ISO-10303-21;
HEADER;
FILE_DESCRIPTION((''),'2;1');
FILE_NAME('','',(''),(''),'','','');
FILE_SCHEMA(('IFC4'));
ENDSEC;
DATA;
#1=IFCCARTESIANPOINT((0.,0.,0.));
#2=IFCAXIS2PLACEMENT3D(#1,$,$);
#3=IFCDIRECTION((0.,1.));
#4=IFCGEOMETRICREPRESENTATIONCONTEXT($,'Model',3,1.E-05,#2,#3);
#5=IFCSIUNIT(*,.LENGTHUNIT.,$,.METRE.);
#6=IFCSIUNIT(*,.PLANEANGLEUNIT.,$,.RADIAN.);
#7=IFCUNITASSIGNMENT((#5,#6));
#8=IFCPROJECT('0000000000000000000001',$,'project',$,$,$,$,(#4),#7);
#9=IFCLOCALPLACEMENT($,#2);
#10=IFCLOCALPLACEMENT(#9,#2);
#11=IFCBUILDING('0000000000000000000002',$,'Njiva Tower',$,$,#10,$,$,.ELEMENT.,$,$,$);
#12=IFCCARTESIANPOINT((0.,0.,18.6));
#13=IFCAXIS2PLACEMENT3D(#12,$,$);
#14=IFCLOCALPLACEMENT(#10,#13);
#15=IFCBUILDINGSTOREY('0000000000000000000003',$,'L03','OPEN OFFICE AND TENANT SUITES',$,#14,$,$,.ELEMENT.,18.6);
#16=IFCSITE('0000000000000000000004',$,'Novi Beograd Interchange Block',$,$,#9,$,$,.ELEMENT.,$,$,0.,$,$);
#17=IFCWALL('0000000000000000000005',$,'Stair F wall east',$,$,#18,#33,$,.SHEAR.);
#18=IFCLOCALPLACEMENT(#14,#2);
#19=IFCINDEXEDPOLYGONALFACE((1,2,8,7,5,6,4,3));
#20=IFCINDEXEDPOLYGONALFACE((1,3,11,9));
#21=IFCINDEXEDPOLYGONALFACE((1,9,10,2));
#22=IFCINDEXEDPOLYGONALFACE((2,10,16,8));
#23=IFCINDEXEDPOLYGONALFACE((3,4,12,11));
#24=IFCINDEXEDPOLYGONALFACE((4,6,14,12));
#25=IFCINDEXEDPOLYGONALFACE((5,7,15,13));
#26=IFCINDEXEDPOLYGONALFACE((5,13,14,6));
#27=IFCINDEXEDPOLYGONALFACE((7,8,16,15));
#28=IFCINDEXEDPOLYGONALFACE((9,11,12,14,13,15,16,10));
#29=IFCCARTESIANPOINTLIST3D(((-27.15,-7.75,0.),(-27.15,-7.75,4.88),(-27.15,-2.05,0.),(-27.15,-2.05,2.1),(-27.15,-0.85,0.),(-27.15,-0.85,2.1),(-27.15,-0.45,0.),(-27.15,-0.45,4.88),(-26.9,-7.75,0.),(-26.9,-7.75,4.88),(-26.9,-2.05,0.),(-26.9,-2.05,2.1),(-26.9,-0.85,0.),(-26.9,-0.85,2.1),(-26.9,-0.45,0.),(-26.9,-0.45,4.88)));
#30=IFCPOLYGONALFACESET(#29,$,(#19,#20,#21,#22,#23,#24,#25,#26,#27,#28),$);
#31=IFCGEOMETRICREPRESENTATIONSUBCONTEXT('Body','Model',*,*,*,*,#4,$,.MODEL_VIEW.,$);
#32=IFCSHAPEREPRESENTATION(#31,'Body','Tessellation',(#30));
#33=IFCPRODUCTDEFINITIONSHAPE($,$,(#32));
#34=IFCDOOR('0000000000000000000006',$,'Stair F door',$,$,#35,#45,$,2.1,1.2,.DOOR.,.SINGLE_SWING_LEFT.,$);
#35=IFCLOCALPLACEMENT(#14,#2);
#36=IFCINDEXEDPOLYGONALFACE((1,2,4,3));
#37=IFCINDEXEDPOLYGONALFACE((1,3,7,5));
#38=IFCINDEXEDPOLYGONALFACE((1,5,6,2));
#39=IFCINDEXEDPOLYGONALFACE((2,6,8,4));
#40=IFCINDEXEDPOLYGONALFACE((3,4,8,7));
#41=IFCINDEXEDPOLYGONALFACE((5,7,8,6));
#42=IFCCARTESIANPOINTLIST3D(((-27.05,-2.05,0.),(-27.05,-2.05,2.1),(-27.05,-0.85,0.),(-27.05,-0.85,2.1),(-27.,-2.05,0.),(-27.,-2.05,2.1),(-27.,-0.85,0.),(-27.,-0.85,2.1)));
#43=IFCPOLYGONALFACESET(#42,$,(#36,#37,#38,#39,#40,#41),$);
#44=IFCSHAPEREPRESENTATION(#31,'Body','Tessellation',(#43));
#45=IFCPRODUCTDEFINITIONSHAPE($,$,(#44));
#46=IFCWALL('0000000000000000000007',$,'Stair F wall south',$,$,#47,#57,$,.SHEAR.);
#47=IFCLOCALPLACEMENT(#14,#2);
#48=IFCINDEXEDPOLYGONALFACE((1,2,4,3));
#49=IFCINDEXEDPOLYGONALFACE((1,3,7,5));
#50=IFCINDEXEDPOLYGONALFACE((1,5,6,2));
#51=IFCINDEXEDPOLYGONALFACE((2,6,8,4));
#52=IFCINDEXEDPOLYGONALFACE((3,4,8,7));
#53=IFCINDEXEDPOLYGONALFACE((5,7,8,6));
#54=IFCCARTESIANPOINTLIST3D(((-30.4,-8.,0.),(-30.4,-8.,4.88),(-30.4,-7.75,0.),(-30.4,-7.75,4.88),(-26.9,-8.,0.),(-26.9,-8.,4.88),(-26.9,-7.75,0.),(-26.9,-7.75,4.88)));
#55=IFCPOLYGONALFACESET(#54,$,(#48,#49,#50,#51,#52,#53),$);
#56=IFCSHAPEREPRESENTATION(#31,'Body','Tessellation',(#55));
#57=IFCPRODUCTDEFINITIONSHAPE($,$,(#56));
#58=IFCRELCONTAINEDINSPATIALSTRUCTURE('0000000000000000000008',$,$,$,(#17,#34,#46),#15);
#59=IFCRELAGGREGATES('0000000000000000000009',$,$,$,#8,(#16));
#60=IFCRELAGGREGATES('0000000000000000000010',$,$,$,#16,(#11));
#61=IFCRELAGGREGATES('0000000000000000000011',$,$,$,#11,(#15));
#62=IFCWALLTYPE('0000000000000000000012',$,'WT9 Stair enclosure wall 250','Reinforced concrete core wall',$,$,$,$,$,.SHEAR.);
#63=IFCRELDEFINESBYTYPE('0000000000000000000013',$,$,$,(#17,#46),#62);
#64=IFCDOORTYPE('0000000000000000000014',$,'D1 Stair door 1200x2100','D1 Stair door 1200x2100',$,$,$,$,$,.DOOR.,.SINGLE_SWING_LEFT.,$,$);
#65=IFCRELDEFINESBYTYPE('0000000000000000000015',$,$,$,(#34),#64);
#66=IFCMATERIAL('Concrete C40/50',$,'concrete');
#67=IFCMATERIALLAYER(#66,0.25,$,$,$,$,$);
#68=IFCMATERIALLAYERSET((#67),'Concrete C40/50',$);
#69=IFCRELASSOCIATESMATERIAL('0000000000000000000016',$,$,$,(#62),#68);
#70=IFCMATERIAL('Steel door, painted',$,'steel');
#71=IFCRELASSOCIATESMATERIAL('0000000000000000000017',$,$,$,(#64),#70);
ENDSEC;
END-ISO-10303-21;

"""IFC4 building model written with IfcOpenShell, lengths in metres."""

from ifc_helpers import new_model, si_unit, direction, frame, frame_2d, origin, place, context, subcontext, project, spatial, rectangle, extrude, material, layer, layer_set, type_object, element, fill, save


model = new_model("IFC4")

# Units and contexts
model_context = context("Model", 3, precision=1e-05, world=origin(), true_north=direction((0.0, 1.0)))
body_context = subcontext(model_context, "Body", "Model", "MODEL_VIEW")
ifc_project = project(units=[si_unit("LENGTHUNIT", "METRE"), si_unit("PLANEANGLEUNIT", "RADIAN")], contexts=[model_context])

# Site, building, storey
site_placement = place(None, origin())
site = spatial("IfcSite", under=ifc_project, at=site_placement, Name="Novi Beograd Interchange Block", CompositionType="ELEMENT", RefElevation=0.0)
building_placement = place(site_placement, origin())
building = spatial("IfcBuilding", under=site, at=building_placement, Name="Njiva Tower", CompositionType="ELEMENT")
storey_placement = place(building_placement, frame((0.0, 0.0, 18.6)))
storey = spatial("IfcBuildingStorey", under=building, at=storey_placement, Name="L03", Description="OPEN OFFICE AND TENANT SUITES", CompositionType="ELEMENT", Elevation=18.6)

# Shared definitions
ifc_material_1 = material(Name="Concrete C40/50", Category="concrete")
ifc_layer_1 = layer(ifc_material_1, 0.25)
ifc_layer_set_1 = layer_set([ifc_layer_1], Name="Concrete C40/50")
wall_type_1 = type_object("IfcWallType", Name="WT9 Stair enclosure wall 250", Description="Reinforced concrete core wall", PredefinedType="SHEAR", material=ifc_layer_set_1)

# Wall, opening, door
wall_1_placement = place(storey_placement, frame((-27.025, -7.75, 0.0), z_axis=(0.0, 0.0, 1.0), x_axis=(0.0, 1.0, 0.0)))
wall_1 = element("IfcWall", 1, at=wall_1_placement, inside=storey, type_object=wall_type_1, Name="Stair F wall east", PredefinedType="SHEAR", context=body_context, shape_type="SweptSolid", body=[
    extrude(rectangle(XDim=7.3, YDim=0.25, at=frame_2d((3.65, 0.0))), origin(), (0.0, 0.0, 1.0), 4.88),
])
opening_placement = place(wall_1_placement, frame((5.7, 0.0, 0.0)))
opening = element("IfcOpeningElement", 2, at=opening_placement, cuts=wall_1, PredefinedType="OPENING", context=body_context, shape_type="SweptSolid", body=[
    extrude(rectangle(XDim=1.2, YDim=2.1, at=frame_2d((0.6, 1.05))), frame((0.0, 0.135, 0.0), z_axis=(0.0, -1.0, 0.0), x_axis=(1.0, 0.0, 0.0)), (0.0, 0.0, 1.0), 0.27),
])
ifc_material_2 = material(Name="Steel door, painted", Category="steel")
door_type = type_object("IfcDoorType", Name="D1 Stair door 1200x2100", Description="D1 Stair door 1200x2100", OperationType="SINGLE_SWING_LEFT", PredefinedType="DOOR", material=ifc_material_2)
door_placement = place(opening_placement, origin())
door = element("IfcDoor", 3, at=door_placement, inside=storey, type_object=door_type, Name="Stair F door", OperationType="SINGLE_SWING_LEFT", OverallHeight=2.1, OverallWidth=1.2, PredefinedType="DOOR", context=body_context, shape_type="SweptSolid", body=[
    extrude(rectangle(XDim=1.2, YDim=2.1, at=frame_2d((0.6, 1.05))), frame((0.0, 0.025, 0.0), z_axis=(0.0, -1.0, 0.0), x_axis=(1.0, 0.0, 0.0)), (0.0, 0.0, 1.0), 0.05),
])
fill(opening, door)

# Wall
wall_2_placement = place(storey_placement, frame((-30.4, -7.875, 0.0), z_axis=(0.0, 0.0, 1.0), x_axis=(1.0, 0.0, 0.0)))
element("IfcWall", 4, at=wall_2_placement, inside=storey, type_object=wall_type_1, Name="Stair F wall south", PredefinedType="SHEAR", context=body_context, shape_type="SweptSolid", body=[
    extrude(rectangle(XDim=3.5, YDim=0.25, at=frame_2d((1.75, 0.0))), origin(), (0.0, 0.0, 1.0), 4.88),
])

save(model, "model.ifc")
